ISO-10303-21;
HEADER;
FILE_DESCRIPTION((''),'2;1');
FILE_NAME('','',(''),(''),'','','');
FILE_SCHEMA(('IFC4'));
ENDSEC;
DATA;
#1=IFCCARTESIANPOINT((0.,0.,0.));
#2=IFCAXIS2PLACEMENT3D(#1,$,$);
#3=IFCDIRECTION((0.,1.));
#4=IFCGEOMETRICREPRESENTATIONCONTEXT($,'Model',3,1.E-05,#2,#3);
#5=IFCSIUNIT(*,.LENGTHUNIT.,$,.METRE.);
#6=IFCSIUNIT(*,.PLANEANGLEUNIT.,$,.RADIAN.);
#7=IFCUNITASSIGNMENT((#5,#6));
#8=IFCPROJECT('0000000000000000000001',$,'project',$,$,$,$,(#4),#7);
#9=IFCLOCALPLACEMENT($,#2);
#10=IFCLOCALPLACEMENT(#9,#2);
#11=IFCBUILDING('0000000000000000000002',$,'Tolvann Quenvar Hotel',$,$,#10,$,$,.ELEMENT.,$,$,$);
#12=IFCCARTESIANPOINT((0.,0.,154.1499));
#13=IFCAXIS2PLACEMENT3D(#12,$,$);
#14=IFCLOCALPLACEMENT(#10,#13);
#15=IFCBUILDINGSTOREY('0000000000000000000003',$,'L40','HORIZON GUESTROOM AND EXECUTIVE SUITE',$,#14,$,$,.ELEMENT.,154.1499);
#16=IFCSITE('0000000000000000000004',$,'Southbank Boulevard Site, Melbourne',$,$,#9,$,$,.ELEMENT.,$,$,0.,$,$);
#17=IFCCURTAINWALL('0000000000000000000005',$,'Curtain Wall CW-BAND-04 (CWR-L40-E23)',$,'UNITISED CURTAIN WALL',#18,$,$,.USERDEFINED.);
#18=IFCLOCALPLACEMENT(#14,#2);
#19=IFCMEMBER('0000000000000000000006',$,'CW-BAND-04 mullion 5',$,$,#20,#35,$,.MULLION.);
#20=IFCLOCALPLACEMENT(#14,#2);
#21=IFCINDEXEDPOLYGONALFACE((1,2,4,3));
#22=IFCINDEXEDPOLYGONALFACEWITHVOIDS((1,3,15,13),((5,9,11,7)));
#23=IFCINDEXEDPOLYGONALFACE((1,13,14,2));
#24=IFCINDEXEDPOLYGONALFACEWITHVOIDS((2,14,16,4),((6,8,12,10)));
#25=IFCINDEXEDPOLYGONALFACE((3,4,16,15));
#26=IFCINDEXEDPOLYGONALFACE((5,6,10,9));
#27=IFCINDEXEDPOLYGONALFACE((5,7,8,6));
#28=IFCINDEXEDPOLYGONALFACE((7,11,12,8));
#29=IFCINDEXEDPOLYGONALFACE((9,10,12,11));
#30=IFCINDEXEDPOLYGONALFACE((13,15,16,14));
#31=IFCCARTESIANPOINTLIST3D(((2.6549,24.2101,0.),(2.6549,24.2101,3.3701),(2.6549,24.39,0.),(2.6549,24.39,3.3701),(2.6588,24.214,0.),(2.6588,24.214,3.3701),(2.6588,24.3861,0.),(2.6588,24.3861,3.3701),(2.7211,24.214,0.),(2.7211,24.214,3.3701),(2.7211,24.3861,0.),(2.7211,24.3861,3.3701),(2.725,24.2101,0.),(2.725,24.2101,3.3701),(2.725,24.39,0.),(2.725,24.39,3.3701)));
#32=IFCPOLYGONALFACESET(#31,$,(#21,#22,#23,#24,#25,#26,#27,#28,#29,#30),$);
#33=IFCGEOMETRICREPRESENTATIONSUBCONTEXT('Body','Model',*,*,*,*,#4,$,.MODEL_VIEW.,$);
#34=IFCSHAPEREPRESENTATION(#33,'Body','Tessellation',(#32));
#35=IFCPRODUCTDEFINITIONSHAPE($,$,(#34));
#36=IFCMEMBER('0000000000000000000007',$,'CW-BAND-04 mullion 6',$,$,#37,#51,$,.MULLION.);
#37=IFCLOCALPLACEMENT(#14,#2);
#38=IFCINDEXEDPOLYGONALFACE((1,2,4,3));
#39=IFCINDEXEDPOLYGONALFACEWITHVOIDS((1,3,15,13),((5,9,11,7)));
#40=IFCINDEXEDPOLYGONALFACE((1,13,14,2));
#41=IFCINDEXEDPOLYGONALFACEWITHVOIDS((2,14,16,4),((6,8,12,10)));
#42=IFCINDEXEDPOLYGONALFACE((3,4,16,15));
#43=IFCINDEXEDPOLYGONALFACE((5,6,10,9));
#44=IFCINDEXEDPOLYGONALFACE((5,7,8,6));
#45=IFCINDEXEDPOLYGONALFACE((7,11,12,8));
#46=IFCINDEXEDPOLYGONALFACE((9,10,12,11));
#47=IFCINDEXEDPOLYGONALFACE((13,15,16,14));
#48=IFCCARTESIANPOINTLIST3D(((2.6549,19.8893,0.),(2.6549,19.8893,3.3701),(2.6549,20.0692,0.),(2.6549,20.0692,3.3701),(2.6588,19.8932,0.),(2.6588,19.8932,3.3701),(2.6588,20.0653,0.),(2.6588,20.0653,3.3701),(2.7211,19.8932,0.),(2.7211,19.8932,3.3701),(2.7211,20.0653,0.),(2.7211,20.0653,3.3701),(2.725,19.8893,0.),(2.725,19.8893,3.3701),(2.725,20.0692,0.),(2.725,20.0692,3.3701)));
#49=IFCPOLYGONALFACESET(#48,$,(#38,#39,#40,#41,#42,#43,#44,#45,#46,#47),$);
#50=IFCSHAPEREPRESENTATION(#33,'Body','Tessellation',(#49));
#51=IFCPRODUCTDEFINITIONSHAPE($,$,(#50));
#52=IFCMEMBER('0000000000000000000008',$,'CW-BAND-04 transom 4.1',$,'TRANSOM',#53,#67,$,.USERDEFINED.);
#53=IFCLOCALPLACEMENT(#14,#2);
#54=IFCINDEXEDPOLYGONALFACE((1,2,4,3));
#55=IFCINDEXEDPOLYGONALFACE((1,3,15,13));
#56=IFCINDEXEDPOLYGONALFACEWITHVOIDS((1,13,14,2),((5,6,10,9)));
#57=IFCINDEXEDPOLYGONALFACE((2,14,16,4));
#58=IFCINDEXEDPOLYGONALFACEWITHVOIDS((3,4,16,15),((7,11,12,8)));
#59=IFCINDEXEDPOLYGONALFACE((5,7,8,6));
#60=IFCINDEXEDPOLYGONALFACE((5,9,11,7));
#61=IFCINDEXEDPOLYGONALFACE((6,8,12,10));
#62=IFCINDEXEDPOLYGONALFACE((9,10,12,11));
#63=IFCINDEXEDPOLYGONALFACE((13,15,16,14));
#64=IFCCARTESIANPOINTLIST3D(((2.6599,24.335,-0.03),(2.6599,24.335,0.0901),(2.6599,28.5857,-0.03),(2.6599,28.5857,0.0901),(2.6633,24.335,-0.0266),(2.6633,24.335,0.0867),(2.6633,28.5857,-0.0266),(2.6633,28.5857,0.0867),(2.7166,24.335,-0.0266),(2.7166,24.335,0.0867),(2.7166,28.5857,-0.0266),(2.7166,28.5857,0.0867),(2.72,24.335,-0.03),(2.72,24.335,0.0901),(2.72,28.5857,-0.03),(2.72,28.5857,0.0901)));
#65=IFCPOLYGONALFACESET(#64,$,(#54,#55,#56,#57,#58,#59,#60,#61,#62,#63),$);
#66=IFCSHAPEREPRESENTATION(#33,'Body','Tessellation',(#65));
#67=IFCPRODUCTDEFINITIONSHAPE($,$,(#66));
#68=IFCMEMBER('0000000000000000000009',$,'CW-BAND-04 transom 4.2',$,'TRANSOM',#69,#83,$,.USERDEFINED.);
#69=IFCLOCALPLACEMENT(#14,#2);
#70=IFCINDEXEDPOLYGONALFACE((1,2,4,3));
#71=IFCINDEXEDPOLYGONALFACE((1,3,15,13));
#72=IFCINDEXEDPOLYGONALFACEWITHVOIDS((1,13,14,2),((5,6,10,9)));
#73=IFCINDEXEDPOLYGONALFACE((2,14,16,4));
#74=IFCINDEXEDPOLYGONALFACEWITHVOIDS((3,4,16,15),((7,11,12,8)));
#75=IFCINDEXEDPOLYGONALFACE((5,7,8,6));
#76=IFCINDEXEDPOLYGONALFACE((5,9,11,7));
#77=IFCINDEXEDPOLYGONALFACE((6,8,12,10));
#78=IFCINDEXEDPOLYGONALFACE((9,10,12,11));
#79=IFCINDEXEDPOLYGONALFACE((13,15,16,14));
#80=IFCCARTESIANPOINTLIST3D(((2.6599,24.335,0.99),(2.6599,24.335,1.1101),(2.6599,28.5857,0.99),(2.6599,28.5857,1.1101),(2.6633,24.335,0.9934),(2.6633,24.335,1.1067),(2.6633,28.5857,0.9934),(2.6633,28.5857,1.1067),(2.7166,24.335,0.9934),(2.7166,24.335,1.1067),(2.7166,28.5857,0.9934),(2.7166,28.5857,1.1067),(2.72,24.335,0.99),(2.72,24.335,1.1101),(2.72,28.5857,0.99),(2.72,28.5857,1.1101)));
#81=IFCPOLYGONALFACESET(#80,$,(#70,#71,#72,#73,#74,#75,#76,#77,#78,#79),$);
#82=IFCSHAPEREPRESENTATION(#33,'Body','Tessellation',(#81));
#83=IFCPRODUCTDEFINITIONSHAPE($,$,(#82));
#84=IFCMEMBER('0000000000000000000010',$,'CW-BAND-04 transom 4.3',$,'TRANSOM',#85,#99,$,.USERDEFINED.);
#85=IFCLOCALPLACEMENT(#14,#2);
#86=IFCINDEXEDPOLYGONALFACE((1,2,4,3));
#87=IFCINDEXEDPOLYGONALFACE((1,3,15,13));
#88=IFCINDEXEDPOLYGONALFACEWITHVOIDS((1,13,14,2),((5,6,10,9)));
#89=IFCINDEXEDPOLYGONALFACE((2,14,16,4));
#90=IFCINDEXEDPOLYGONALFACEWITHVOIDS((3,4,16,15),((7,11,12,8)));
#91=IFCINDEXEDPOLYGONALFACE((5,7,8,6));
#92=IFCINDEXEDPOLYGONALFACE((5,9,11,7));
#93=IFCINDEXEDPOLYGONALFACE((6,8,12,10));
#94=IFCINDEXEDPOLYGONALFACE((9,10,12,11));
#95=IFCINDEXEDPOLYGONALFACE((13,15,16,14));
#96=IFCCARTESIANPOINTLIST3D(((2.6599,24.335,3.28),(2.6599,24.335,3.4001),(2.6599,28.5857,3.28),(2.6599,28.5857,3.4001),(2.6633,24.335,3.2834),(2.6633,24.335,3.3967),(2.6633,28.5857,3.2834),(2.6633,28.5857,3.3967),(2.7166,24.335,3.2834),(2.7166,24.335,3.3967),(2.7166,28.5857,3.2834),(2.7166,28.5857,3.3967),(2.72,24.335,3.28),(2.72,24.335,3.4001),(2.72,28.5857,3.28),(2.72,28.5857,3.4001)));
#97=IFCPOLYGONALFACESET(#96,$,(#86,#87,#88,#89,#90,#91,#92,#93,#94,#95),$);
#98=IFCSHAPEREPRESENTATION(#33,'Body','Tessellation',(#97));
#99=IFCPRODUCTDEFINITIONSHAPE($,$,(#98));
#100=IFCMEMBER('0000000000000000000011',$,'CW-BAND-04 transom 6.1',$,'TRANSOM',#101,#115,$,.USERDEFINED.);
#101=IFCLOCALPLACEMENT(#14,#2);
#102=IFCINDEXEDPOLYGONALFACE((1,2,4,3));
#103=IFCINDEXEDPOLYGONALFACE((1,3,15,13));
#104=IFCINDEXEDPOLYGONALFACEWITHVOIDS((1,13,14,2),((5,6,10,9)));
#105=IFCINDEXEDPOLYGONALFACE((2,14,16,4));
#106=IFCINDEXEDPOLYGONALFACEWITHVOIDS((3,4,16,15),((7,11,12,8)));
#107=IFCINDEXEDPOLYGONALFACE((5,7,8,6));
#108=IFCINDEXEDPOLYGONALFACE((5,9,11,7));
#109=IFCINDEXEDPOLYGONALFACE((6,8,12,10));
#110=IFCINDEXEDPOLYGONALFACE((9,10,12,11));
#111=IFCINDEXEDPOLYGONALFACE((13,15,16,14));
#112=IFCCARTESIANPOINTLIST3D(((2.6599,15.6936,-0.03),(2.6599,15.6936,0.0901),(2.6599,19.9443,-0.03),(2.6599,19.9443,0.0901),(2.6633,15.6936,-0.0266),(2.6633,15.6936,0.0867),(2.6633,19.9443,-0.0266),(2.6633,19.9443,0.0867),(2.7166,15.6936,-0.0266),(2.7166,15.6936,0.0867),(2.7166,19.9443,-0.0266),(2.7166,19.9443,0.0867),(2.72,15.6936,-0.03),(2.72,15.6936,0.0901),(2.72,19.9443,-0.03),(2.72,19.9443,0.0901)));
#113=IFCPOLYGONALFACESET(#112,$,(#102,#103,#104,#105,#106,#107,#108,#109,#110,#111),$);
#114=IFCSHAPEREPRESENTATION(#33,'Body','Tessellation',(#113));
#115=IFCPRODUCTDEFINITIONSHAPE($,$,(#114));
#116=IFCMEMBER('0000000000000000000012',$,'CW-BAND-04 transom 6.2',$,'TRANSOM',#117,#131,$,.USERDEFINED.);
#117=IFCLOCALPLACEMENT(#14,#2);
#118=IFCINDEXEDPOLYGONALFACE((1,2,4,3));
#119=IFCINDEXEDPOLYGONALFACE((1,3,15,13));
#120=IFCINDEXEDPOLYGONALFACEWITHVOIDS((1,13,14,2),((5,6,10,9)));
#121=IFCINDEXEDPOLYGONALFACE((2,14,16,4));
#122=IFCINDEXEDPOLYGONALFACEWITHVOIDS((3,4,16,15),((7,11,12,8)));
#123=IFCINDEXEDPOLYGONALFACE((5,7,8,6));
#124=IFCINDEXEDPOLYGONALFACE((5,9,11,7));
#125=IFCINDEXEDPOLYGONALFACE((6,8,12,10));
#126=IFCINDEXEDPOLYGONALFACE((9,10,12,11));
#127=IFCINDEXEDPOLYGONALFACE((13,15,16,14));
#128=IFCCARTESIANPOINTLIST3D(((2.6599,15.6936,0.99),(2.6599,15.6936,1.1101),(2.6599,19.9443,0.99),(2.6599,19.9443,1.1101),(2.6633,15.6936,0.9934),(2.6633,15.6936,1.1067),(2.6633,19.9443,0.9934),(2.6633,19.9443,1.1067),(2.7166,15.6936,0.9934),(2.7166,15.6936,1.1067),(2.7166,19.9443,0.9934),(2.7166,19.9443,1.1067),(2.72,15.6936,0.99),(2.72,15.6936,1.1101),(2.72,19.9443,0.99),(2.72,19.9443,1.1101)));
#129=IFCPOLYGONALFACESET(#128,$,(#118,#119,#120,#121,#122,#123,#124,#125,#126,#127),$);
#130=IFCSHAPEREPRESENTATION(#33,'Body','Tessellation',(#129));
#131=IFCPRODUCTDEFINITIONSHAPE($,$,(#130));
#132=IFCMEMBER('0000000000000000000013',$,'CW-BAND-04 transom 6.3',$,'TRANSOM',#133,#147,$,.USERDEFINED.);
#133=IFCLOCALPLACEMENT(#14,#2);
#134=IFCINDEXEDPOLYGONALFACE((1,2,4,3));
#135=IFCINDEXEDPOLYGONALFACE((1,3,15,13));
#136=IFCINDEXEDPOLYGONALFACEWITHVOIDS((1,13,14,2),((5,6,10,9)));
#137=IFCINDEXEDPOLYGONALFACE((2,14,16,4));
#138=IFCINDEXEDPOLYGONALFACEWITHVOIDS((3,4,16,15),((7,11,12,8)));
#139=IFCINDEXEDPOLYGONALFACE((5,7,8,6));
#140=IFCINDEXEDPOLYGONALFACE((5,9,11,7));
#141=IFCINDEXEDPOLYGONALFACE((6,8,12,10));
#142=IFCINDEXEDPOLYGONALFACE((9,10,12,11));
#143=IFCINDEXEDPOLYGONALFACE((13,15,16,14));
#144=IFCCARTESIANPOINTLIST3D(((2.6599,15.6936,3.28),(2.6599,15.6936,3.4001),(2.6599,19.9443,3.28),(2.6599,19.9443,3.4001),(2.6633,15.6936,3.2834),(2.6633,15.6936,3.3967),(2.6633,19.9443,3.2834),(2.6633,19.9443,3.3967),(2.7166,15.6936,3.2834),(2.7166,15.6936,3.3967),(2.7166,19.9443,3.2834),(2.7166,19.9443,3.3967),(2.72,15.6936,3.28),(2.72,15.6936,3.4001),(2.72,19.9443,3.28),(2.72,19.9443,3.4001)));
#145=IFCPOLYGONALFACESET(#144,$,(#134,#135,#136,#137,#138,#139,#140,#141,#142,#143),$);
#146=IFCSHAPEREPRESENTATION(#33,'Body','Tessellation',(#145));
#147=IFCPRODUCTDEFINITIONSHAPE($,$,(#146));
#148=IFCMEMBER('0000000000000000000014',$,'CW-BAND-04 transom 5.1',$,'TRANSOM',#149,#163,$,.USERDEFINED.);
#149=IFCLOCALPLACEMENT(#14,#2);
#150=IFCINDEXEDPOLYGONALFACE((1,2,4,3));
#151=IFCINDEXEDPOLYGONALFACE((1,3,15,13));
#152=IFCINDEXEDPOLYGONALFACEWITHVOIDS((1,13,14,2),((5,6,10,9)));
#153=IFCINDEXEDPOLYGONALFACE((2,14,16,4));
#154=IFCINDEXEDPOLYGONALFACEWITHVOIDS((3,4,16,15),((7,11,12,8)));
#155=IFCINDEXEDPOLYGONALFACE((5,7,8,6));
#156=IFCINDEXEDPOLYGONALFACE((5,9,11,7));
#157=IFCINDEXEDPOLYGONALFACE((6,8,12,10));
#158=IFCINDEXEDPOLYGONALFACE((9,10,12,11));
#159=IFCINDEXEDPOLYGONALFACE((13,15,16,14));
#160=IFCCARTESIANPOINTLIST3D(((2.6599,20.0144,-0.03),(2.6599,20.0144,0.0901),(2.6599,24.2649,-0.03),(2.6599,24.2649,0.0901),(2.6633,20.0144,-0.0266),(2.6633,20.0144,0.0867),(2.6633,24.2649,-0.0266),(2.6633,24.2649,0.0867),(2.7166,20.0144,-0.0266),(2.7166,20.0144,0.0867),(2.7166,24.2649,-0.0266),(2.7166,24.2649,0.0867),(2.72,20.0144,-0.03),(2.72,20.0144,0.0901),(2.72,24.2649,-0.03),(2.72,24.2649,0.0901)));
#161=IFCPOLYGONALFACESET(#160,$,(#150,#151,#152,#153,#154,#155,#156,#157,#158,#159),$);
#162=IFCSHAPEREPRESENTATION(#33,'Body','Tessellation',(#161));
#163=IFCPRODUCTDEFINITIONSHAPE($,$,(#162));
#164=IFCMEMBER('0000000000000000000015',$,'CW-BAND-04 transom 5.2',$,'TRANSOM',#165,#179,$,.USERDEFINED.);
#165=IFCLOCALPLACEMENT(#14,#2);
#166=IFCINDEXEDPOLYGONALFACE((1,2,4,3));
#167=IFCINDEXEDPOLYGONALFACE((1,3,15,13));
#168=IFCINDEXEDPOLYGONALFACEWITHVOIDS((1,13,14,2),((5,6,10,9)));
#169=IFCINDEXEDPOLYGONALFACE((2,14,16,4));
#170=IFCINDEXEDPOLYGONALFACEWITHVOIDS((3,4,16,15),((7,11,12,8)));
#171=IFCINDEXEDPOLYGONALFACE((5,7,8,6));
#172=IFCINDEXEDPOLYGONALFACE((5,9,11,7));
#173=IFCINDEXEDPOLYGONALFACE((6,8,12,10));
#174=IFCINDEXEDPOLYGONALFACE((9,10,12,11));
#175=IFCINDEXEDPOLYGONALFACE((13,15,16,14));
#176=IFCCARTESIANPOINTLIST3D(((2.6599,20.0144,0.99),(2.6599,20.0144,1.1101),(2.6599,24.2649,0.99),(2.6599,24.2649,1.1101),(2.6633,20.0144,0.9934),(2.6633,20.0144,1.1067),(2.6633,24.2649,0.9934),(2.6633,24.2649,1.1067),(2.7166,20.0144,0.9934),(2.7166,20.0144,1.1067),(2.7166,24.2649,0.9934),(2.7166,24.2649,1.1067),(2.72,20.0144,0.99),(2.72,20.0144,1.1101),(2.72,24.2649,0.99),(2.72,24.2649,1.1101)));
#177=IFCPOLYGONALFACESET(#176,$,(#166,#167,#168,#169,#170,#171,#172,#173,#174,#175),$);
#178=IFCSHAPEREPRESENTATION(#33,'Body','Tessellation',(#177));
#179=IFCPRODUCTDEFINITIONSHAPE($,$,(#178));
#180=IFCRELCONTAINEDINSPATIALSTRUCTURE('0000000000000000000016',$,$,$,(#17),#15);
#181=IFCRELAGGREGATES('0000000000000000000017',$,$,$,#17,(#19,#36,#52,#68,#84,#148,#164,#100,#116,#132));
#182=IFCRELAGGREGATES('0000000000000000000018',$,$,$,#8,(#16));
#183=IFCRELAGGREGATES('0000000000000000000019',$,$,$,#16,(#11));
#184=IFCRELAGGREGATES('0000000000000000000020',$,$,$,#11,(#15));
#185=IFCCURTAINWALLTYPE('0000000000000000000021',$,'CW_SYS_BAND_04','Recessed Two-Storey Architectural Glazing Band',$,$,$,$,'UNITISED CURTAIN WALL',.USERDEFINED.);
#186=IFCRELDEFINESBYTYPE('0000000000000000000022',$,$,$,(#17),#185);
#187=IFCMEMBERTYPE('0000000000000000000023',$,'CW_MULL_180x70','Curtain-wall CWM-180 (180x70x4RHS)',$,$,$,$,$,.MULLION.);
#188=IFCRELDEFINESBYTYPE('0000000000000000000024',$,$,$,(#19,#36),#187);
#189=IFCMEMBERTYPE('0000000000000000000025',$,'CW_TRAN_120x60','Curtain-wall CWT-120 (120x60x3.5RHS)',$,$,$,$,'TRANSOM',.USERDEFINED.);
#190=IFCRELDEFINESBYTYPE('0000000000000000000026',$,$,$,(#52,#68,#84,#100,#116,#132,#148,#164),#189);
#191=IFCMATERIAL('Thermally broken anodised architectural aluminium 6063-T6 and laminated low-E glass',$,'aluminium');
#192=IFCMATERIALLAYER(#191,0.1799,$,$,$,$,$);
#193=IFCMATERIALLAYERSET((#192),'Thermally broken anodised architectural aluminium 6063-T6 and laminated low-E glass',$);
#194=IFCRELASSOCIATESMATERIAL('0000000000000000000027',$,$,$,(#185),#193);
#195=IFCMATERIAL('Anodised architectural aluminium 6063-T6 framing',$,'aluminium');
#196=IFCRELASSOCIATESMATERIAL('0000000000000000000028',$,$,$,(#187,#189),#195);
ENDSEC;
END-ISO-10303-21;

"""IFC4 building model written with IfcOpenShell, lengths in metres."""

from ifc_helpers import new_model, si_unit, direction, frame, origin, origin_2d, place, context, subcontext, project, spatial, hollow_rectangle, extrude, source, transform, mapped, material, layer, layer_set, material_profile, profile_set, type_object, type_shapes, element, aggregate, save


model = new_model("IFC4")

# Units and contexts
model_context = context("Model", 3, precision=1e-05, world=origin(), true_north=direction((0.0, 1.0)))
body_context = subcontext(model_context, "Body", "Model", "MODEL_VIEW")
ifc_project = project(units=[si_unit("LENGTHUNIT", "METRE"), si_unit("PLANEANGLEUNIT", "RADIAN")], contexts=[model_context])

# Site, building, storey
site_placement = place(None, origin())
site = spatial("IfcSite", under=ifc_project, at=site_placement, Name="Southbank Boulevard Site, Melbourne", CompositionType="ELEMENT", RefElevation=0.0)
building_placement = place(site_placement, origin())
building = spatial("IfcBuilding", under=site, at=building_placement, Name="Tolvann Quenvar Hotel", CompositionType="ELEMENT")
storey_placement = place(building_placement, frame((0.0, 0.0, 154.1499)))
storey = spatial("IfcBuildingStorey", under=building, at=storey_placement, Name="L40", Description="HORIZON GUESTROOM AND EXECUTIVE SUITE", CompositionType="ELEMENT", Elevation=154.1499)

# Curtain wall, members
ifc_material_1 = material(Name="Thermally broken anodised architectural aluminium 6063-T6 and laminated low-E glass", Category="aluminium")
ifc_layer_1 = layer(ifc_material_1, 0.1799)
ifc_layer_set_1 = layer_set([ifc_layer_1], Name="Thermally broken anodised architectural aluminium 6063-T6 and laminated low-E glass")
curtain_wall_type = type_object("IfcCurtainWallType", Name="CW_SYS_BAND_04", Description="Recessed Two-Storey Architectural Glazing Band", ElementType="UNITISED CURTAIN WALL", PredefinedType="USERDEFINED", material=ifc_layer_set_1)
curtain_wall_placement = place(storey_placement, origin())
curtain_wall = element("IfcCurtainWall", 1, at=curtain_wall_placement, inside=storey, type_object=curtain_wall_type, Name="Curtain Wall CW-BAND-04 (CWR-L40-E23)", ObjectType="UNITISED CURTAIN WALL", PredefinedType="USERDEFINED")
ifc_material_2 = material(Name="Anodised architectural aluminium 6063-T6 framing", Category="aluminium")
ifc_material_profile_1 = material_profile(ifc_material_2, hollow_rectangle(XDim=0.0701, YDim=0.1799, WallThickness=0.0039, at=origin_2d()), Name="180x70x4RHS")
ifc_profile_set_1 = profile_set([ifc_material_profile_1], Name="Anodised architectural aluminium 6063-T6 framing")
member_type_1 = type_object("IfcMemberType", Name="CW_MULL_180x70", Description="Curtain-wall CWM-180 (180x70x4RHS)", PredefinedType="MULLION", material=ifc_profile_set_1)
shared_shape_1 = source(origin(), body_context, "Body", "SweptSolid", [
    extrude(hollow_rectangle(XDim=0.0701, YDim=0.1799, WallThickness=0.0039, at=origin_2d()), origin(), (0.0, 0.0, 1.0), 3.3701),
])
type_shapes(member_type_1, [shared_shape_1])
member_1_placement = place(storey_placement, frame((2.6899, 24.3, 0.0), z_axis=(0.0, 0.0, 1.0), x_axis=(1.0, 0.0, 0.0)))
member_1 = element("IfcMember", 2, at=member_1_placement, type_object=member_type_1, Name="CW-BAND-04 mullion 5", PredefinedType="MULLION", context=body_context, shape_type="MappedRepresentation", body=[
    mapped(shared_shape_1, transform((0.0, 0.0, 0.0), x_axis=(1.0, 0.0, 0.0), y_axis=(0.0, 1.0, 0.0), z_axis=(0.0, 0.0, 1.0), scale=1.0)),
])
member_2_placement = place(storey_placement, frame((2.6899, 19.9792, 0.0), z_axis=(0.0, 0.0, 1.0), x_axis=(1.0, 0.0, 0.0)))
member_2 = element("IfcMember", 3, at=member_2_placement, type_object=member_type_1, Name="CW-BAND-04 mullion 6", PredefinedType="MULLION", context=body_context, shape_type="MappedRepresentation", body=[
    mapped(shared_shape_1, transform((0.0, 0.0, 0.0), x_axis=(1.0, 0.0, 0.0), y_axis=(0.0, 1.0, 0.0), z_axis=(0.0, 0.0, 1.0), scale=1.0)),
])
ifc_material_profile_2 = material_profile(ifc_material_2, hollow_rectangle(XDim=0.0601, YDim=0.1201, WallThickness=0.0034, at=origin_2d()), Name="120x60x3.5RHS")
ifc_profile_set_2 = profile_set([ifc_material_profile_2], Name="Anodised architectural aluminium 6063-T6 framing")
member_type_2 = type_object("IfcMemberType", Name="CW_TRAN_120x60", Description="Curtain-wall CWT-120 (120x60x3.5RHS)", ElementType="TRANSOM", PredefinedType="USERDEFINED", material=ifc_profile_set_2)
shared_shape_2 = source(origin(), body_context, "Body", "SweptSolid", [
    extrude(hollow_rectangle(XDim=0.0601, YDim=0.1201, WallThickness=0.0034, at=origin_2d()), origin(), (0.0, 0.0, 1.0), 4.2507),
])
member_3_placement = place(storey_placement, frame((2.6899, 28.5857, 0.03), z_axis=(0.0, -1.0, 0.0), x_axis=(1.0, 0.0, 0.0)))
member_3 = element("IfcMember", 4, at=member_3_placement, type_object=member_type_2, Name="CW-BAND-04 transom 4.1", ObjectType="TRANSOM", PredefinedType="USERDEFINED", context=body_context, shape_type="MappedRepresentation", body=[
    mapped(shared_shape_2, transform((0.0, 0.0, 0.0), x_axis=(1.0, 0.0, 0.0), y_axis=(0.0, 1.0, 0.0), z_axis=(0.0, 0.0, 1.0), scale=1.0)),
])
member_4_placement = place(storey_placement, frame((2.6899, 28.5857, 1.05), z_axis=(0.0, -1.0, 0.0), x_axis=(1.0, 0.0, 0.0)))
member_4 = element("IfcMember", 5, at=member_4_placement, type_object=member_type_2, Name="CW-BAND-04 transom 4.2", ObjectType="TRANSOM", PredefinedType="USERDEFINED", context=body_context, shape_type="MappedRepresentation", body=[
    mapped(shared_shape_2, transform((0.0, 0.0, 0.0), x_axis=(1.0, 0.0, 0.0), y_axis=(0.0, 1.0, 0.0), z_axis=(0.0, 0.0, 1.0), scale=1.0)),
])
member_5_placement = place(storey_placement, frame((2.6899, 28.5857, 3.3401), z_axis=(0.0, -1.0, 0.0), x_axis=(1.0, 0.0, 0.0)))
member_5 = element("IfcMember", 6, at=member_5_placement, type_object=member_type_2, Name="CW-BAND-04 transom 4.3", ObjectType="TRANSOM", PredefinedType="USERDEFINED", context=body_context, shape_type="MappedRepresentation", body=[
    mapped(shared_shape_2, transform((0.0, 0.0, 0.0), x_axis=(1.0, 0.0, 0.0), y_axis=(0.0, 1.0, 0.0), z_axis=(0.0, 0.0, 1.0), scale=1.0)),
])
member_6_placement = place(storey_placement, frame((2.6899, 19.9443, 0.03), z_axis=(0.0, -1.0, 0.0), x_axis=(1.0, 0.0, 0.0)))
member_6 = element("IfcMember", 7, at=member_6_placement, type_object=member_type_2, Name="CW-BAND-04 transom 6.1", ObjectType="TRANSOM", PredefinedType="USERDEFINED", context=body_context, shape_type="MappedRepresentation", body=[
    mapped(shared_shape_2, transform((0.0, 0.0, 0.0), x_axis=(1.0, 0.0, 0.0), y_axis=(0.0, 1.0, 0.0), z_axis=(0.0, 0.0, 1.0), scale=1.0)),
])
member_7_placement = place(storey_placement, frame((2.6899, 19.9443, 1.05), z_axis=(0.0, -1.0, 0.0), x_axis=(1.0, 0.0, 0.0)))
member_7 = element("IfcMember", 8, at=member_7_placement, type_object=member_type_2, Name="CW-BAND-04 transom 6.2", ObjectType="TRANSOM", PredefinedType="USERDEFINED", context=body_context, shape_type="MappedRepresentation", body=[
    mapped(shared_shape_2, transform((0.0, 0.0, 0.0), x_axis=(1.0, 0.0, 0.0), y_axis=(0.0, 1.0, 0.0), z_axis=(0.0, 0.0, 1.0), scale=1.0)),
])
member_8_placement = place(storey_placement, frame((2.6899, 19.9443, 3.3401), z_axis=(0.0, -1.0, 0.0), x_axis=(1.0, 0.0, 0.0)))
member_8 = element("IfcMember", 9, at=member_8_placement, type_object=member_type_2, Name="CW-BAND-04 transom 6.3", ObjectType="TRANSOM", PredefinedType="USERDEFINED", context=body_context, shape_type="MappedRepresentation", body=[
    mapped(shared_shape_2, transform((0.0, 0.0, 0.0), x_axis=(1.0, 0.0, 0.0), y_axis=(0.0, 1.0, 0.0), z_axis=(0.0, 0.0, 1.0), scale=1.0)),
])
shared_shape_3 = source(origin(), body_context, "Body", "SweptSolid", [
    extrude(hollow_rectangle(XDim=0.0601, YDim=0.1201, WallThickness=0.0034, at=origin_2d()), origin(), (0.0, 0.0, 1.0), 4.2505),
])
type_shapes(member_type_2, [shared_shape_2, shared_shape_3])
member_9_placement = place(storey_placement, frame((2.6899, 24.2649, 0.03), z_axis=(0.0, -1.0, 0.0), x_axis=(1.0, 0.0, 0.0)))
member_9 = element("IfcMember", 10, at=member_9_placement, type_object=member_type_2, Name="CW-BAND-04 transom 5.1", ObjectType="TRANSOM", PredefinedType="USERDEFINED", context=body_context, shape_type="MappedRepresentation", body=[
    mapped(shared_shape_3, transform((0.0, 0.0, 0.0), x_axis=(1.0, 0.0, 0.0), y_axis=(0.0, 1.0, 0.0), z_axis=(0.0, 0.0, 1.0), scale=1.0)),
])
member_10_placement = place(storey_placement, frame((2.6899, 24.2649, 1.05), z_axis=(0.0, -1.0, 0.0), x_axis=(1.0, 0.0, 0.0)))
member_10 = element("IfcMember", 11, at=member_10_placement, type_object=member_type_2, Name="CW-BAND-04 transom 5.2", ObjectType="TRANSOM", PredefinedType="USERDEFINED", context=body_context, shape_type="MappedRepresentation", body=[
    mapped(shared_shape_3, transform((0.0, 0.0, 0.0), x_axis=(1.0, 0.0, 0.0), y_axis=(0.0, 1.0, 0.0), z_axis=(0.0, 0.0, 1.0), scale=1.0)),
])
aggregate(curtain_wall, [member_1, member_2, member_3, member_4, member_5, member_9, member_10, member_6, member_7, member_8])

save(model, "model.ifc")
